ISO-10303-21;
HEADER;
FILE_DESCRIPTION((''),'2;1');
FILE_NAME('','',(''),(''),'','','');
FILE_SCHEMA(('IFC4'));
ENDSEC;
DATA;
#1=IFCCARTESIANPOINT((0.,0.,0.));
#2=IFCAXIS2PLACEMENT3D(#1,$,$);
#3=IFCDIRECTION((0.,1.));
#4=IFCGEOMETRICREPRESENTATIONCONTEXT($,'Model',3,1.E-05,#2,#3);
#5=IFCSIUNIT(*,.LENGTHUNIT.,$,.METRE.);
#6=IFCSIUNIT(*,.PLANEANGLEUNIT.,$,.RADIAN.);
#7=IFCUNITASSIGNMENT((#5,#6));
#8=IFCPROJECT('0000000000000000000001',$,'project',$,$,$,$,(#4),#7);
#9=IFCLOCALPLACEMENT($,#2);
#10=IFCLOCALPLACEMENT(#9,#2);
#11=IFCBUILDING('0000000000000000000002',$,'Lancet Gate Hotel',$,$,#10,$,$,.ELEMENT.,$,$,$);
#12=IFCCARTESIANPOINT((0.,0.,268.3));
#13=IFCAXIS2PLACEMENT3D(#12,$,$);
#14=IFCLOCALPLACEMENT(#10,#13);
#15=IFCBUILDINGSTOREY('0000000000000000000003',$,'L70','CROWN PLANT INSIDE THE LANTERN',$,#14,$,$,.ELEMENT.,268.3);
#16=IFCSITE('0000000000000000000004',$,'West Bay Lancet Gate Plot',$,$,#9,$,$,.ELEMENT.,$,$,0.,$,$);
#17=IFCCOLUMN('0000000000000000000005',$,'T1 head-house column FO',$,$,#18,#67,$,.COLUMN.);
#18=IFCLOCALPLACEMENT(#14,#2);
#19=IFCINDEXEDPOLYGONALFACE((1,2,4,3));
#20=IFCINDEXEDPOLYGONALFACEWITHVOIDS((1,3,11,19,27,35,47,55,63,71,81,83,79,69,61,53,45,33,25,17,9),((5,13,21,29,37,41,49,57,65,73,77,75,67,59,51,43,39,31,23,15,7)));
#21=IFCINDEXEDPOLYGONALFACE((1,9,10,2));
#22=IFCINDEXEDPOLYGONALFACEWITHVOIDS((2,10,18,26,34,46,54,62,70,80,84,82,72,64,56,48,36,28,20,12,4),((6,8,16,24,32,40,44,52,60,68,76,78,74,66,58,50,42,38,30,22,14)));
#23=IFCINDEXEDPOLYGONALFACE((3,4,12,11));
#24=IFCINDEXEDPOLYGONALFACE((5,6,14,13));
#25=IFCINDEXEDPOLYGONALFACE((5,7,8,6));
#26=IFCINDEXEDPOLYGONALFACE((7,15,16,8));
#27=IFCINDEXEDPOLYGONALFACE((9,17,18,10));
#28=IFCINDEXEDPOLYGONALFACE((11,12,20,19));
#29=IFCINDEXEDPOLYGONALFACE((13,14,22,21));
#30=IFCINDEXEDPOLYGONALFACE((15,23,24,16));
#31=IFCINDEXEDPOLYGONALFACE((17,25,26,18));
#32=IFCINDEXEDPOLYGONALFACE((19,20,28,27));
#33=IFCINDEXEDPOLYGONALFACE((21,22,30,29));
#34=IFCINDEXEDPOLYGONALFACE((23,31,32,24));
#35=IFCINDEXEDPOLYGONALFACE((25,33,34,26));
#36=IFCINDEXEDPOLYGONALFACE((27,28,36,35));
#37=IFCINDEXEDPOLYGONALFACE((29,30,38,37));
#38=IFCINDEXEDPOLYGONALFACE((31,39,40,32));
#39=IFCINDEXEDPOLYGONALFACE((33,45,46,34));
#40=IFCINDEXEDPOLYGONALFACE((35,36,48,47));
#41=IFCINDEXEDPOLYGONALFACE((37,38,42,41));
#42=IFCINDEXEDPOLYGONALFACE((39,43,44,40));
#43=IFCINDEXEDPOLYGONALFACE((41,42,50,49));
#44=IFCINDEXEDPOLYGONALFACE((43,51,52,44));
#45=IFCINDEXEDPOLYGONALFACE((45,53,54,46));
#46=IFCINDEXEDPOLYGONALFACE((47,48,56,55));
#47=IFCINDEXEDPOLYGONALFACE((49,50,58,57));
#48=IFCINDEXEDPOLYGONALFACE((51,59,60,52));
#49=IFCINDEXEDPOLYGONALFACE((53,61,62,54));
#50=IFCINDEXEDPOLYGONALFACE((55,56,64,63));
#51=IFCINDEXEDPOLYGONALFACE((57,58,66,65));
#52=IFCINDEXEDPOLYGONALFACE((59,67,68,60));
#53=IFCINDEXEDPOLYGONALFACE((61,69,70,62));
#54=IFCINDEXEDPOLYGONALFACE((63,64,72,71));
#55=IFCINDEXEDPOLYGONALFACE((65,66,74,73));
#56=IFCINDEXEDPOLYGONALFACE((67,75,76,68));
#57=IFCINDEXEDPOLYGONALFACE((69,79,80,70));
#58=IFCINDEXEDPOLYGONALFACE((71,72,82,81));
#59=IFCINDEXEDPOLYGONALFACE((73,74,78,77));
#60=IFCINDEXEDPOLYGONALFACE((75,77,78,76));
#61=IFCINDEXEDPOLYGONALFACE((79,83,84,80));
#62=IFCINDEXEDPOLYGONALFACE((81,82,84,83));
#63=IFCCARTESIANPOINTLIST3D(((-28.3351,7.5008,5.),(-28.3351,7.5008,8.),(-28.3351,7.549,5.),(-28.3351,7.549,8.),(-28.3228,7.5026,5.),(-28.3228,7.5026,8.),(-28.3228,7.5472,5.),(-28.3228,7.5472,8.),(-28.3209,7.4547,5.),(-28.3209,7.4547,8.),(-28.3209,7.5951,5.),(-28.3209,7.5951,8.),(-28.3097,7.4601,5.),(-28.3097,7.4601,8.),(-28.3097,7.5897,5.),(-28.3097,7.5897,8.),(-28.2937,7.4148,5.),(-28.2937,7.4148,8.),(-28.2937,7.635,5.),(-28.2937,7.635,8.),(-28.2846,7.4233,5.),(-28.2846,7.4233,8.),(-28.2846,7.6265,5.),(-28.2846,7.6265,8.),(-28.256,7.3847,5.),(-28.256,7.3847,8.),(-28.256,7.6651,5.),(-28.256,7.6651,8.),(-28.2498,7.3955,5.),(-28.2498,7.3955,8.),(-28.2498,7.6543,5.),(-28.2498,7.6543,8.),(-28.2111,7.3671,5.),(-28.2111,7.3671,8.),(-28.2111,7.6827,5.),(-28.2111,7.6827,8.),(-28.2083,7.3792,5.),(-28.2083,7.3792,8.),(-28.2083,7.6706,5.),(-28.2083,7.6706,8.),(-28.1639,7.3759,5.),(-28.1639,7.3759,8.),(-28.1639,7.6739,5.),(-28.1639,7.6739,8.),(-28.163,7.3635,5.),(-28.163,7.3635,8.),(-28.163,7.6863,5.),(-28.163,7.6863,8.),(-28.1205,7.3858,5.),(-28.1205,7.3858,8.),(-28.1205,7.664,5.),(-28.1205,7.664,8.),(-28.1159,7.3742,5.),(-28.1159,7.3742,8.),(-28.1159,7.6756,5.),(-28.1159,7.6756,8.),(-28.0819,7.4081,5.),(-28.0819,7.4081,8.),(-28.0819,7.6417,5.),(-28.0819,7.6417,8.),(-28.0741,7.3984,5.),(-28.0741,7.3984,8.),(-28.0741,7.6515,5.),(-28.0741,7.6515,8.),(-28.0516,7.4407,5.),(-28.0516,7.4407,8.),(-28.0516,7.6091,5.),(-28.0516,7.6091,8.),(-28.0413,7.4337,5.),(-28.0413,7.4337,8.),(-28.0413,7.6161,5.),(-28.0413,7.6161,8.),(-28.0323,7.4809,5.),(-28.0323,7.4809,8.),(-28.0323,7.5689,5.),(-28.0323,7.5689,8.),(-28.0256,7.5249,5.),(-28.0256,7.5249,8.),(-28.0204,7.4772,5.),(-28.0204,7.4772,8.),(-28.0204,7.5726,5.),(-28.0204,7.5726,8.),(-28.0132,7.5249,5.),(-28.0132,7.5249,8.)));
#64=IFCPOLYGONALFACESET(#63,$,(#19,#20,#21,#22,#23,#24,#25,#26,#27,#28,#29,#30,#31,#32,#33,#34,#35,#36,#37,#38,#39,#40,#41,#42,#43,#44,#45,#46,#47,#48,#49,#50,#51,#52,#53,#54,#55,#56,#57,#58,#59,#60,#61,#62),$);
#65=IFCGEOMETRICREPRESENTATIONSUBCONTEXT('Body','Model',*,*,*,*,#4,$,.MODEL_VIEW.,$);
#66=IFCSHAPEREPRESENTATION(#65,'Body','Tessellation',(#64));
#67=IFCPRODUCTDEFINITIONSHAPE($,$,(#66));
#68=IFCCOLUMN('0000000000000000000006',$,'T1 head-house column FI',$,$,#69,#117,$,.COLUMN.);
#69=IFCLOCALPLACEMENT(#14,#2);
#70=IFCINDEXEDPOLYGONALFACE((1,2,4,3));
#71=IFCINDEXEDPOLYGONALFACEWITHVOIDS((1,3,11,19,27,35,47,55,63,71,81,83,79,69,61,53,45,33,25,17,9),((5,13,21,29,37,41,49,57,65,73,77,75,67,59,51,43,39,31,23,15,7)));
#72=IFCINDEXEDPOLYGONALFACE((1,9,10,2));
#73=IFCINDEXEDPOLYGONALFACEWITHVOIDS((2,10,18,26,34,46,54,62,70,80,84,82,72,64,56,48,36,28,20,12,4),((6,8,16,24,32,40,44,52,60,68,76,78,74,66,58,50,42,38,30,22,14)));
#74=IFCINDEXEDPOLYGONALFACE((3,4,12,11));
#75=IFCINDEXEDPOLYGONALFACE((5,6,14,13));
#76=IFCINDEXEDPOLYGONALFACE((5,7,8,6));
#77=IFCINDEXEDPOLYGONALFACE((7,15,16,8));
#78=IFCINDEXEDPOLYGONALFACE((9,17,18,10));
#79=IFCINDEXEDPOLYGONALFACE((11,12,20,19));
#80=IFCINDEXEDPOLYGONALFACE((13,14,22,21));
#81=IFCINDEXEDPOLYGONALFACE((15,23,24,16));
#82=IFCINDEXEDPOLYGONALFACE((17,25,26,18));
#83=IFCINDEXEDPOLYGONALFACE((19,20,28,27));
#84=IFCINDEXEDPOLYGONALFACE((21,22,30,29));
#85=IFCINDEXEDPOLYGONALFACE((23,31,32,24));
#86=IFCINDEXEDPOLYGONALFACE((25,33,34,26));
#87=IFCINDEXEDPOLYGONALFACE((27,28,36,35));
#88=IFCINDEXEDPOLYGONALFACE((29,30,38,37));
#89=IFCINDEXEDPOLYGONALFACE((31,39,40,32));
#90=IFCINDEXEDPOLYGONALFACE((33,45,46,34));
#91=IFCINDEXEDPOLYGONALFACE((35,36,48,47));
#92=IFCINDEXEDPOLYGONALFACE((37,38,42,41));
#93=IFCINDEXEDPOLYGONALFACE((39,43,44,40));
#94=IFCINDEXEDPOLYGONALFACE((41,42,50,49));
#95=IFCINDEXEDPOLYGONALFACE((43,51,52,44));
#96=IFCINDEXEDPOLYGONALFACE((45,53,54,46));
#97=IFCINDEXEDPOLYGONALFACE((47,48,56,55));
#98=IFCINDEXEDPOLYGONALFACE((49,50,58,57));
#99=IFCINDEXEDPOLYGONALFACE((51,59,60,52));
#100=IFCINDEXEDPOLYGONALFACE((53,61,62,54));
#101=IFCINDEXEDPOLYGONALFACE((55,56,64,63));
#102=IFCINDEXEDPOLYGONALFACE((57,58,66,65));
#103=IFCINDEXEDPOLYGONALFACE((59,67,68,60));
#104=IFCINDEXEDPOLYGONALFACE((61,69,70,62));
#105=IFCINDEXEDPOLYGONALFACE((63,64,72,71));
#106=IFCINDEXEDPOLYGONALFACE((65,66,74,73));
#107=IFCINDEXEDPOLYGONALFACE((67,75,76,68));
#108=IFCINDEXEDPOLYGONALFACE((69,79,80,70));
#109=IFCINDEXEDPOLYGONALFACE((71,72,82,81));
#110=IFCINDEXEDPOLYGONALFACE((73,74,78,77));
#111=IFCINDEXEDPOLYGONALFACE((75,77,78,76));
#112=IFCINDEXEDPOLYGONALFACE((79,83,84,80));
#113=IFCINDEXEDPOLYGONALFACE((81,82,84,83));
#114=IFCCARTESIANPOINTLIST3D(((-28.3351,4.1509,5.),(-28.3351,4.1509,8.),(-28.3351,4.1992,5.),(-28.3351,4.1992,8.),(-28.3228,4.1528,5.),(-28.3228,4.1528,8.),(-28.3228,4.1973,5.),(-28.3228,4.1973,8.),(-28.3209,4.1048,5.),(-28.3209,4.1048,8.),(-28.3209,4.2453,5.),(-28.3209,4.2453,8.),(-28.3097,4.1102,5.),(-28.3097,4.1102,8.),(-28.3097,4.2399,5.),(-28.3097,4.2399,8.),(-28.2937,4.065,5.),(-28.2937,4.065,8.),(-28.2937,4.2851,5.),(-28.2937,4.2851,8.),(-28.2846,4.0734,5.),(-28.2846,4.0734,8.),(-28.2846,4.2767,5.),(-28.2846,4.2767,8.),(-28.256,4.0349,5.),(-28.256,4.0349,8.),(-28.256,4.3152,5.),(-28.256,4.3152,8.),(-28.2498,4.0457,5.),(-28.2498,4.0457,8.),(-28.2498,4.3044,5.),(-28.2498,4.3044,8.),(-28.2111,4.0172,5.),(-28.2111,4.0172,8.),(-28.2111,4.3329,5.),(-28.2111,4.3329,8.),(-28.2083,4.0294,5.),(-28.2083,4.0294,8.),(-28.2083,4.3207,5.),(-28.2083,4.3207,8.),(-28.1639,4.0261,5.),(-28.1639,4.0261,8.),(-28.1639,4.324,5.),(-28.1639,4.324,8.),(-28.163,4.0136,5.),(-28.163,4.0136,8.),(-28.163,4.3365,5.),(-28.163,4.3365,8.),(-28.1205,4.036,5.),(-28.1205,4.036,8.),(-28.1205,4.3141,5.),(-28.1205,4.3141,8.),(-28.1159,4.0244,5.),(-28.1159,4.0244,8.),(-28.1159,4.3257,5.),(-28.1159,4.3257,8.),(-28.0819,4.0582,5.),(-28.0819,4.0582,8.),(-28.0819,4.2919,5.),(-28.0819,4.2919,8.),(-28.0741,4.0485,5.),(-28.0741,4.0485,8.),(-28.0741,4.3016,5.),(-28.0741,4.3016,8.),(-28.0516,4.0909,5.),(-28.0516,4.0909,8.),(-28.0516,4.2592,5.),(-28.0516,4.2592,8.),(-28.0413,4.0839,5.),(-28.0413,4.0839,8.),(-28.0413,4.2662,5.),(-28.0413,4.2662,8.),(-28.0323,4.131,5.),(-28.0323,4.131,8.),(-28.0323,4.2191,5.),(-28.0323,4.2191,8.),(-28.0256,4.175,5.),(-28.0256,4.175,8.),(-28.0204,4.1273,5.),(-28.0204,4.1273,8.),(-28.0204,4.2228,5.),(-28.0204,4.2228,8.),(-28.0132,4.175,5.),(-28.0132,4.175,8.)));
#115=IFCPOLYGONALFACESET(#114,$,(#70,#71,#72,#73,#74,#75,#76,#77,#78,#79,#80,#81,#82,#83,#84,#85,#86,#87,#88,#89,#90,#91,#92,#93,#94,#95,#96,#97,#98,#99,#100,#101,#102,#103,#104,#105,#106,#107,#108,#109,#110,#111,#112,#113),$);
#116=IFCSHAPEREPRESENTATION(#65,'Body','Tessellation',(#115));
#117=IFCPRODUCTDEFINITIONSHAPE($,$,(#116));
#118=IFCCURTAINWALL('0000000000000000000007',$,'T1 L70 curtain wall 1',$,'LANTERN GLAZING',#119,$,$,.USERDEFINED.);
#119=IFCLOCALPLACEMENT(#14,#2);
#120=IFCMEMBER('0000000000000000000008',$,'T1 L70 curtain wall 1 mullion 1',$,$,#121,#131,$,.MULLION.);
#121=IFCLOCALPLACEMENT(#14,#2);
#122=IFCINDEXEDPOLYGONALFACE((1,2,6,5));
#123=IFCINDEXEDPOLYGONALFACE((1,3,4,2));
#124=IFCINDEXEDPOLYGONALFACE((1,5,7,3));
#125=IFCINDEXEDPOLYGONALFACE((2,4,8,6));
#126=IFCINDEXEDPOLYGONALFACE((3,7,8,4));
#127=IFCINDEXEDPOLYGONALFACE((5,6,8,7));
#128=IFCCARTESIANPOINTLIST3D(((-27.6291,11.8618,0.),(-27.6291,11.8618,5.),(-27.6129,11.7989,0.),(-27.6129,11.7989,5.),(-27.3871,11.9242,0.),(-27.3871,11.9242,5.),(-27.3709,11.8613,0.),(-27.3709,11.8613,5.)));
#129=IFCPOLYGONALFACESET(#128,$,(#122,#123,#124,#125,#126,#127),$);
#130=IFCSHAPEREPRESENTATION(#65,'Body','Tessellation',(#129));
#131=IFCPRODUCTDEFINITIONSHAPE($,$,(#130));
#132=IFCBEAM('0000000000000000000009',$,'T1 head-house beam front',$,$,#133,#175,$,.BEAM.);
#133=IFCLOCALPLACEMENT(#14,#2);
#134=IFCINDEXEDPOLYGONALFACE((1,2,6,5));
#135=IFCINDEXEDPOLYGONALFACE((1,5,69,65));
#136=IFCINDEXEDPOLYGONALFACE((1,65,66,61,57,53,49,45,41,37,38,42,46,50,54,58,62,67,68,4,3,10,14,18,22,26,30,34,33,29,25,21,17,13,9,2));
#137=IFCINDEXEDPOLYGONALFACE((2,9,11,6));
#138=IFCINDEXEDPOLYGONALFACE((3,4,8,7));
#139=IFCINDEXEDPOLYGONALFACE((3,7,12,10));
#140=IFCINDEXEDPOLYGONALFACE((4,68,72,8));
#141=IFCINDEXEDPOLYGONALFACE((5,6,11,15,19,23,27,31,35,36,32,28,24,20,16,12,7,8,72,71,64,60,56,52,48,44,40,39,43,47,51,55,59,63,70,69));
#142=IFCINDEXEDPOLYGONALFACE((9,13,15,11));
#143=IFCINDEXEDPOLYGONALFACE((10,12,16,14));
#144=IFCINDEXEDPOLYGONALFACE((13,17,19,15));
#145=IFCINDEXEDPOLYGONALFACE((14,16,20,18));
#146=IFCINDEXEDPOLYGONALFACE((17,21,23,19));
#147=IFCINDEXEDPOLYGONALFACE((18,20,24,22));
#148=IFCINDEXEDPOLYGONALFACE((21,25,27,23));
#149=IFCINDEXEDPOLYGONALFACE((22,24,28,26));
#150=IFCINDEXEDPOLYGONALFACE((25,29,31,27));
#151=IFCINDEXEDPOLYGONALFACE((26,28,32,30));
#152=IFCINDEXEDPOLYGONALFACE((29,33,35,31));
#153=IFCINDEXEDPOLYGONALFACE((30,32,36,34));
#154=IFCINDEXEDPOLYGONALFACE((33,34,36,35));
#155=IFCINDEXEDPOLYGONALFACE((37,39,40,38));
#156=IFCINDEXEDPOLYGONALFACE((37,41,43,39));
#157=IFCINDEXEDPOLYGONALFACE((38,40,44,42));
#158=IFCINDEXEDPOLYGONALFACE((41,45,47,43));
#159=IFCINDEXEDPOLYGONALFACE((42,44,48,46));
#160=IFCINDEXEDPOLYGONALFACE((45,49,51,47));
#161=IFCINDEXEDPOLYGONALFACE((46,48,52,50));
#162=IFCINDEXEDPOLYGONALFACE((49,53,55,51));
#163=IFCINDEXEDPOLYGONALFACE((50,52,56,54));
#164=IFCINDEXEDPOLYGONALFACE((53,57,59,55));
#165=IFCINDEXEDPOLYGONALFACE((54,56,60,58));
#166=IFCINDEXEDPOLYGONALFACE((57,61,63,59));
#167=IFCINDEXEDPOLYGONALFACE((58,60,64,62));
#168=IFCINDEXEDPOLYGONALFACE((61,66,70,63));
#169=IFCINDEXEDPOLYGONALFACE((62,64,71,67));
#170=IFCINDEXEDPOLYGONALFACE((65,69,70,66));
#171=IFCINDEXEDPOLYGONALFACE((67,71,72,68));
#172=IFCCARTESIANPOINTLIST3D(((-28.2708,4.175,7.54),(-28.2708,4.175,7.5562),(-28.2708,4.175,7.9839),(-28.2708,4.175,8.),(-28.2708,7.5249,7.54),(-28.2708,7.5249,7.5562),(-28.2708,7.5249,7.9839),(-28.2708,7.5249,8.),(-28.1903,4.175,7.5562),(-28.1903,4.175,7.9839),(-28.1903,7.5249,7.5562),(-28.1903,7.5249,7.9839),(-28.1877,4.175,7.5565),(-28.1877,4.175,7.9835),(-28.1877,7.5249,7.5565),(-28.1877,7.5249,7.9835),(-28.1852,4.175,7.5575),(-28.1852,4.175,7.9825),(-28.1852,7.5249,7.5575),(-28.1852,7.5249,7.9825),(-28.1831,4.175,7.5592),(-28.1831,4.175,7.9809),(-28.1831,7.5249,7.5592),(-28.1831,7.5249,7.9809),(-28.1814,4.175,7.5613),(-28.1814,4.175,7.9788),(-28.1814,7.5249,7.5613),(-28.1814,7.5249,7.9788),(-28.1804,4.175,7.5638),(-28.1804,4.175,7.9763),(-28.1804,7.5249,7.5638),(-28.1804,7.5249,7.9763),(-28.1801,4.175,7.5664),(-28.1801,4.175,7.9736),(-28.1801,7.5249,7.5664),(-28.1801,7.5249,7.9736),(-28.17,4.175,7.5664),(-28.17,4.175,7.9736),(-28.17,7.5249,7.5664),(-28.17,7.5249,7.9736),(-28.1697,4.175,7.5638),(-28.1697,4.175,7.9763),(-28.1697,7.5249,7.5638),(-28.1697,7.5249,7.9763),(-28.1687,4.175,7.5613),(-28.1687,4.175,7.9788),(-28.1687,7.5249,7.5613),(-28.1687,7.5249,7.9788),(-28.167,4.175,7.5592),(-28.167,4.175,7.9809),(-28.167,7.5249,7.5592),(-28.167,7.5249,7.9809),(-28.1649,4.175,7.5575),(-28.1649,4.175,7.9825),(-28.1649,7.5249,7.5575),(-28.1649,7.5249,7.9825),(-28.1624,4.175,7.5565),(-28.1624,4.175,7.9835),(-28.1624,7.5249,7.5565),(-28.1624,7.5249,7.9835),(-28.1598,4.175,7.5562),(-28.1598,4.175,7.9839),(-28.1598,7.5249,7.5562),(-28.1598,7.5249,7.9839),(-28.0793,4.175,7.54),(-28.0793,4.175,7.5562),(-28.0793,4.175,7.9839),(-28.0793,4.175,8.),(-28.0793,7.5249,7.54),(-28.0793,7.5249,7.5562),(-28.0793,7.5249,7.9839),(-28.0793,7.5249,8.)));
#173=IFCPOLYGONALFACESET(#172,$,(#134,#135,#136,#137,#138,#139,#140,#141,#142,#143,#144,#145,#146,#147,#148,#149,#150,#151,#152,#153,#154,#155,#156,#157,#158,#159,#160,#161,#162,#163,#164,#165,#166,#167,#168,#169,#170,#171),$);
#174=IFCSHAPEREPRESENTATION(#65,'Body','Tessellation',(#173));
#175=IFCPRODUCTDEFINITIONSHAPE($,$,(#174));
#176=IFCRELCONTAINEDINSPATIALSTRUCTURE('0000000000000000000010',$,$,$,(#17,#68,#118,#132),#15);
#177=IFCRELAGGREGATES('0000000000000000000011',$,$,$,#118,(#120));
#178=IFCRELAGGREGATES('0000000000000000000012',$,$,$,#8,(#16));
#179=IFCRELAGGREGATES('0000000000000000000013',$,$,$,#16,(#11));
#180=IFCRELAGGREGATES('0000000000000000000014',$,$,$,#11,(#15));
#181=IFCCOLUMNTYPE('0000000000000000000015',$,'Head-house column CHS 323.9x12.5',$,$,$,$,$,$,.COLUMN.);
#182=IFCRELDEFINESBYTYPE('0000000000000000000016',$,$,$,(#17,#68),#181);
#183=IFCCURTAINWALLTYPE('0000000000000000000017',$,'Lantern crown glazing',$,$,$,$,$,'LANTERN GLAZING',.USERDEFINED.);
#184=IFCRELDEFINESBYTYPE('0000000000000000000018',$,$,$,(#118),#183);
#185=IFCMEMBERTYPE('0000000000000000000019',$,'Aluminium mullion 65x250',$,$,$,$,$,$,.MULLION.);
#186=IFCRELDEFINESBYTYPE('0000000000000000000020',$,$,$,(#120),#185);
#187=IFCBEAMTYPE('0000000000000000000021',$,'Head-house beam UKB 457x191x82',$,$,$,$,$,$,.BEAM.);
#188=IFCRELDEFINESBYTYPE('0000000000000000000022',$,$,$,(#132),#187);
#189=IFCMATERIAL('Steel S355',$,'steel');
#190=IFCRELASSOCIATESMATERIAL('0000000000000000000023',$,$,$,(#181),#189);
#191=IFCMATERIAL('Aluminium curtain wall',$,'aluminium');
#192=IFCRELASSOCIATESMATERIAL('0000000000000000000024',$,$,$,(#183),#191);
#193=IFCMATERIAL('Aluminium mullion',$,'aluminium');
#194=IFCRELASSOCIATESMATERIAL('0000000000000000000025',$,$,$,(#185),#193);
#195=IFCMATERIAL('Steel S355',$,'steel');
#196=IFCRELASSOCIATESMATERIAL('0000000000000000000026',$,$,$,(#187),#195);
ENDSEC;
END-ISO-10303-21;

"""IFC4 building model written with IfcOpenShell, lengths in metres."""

from ifc_helpers import new_model, si_unit, direction, frame, origin, origin_2d, place, context, subcontext, project, spatial, rectangle, hollow_circle, i_section, extrude, material, material_profile, profile_set, type_object, element, aggregate, save


model = new_model("IFC4")

# Units and contexts
model_context = context("Model", 3, precision=1e-05, world=origin(), true_north=direction((0.0, 1.0)))
body_context = subcontext(model_context, "Body", "Model", "MODEL_VIEW")
ifc_project = project(units=[si_unit("LENGTHUNIT", "METRE"), si_unit("PLANEANGLEUNIT", "RADIAN")], contexts=[model_context])

# Site, building, storey
site_placement = place(None, origin())
site = spatial("IfcSite", under=ifc_project, at=site_placement, Name="West Bay Lancet Gate Plot", CompositionType="ELEMENT", RefElevation=0.0)
building_placement = place(site_placement, origin())
building = spatial("IfcBuilding", under=site, at=building_placement, Name="Lancet Gate Hotel", CompositionType="ELEMENT")
storey_placement = place(building_placement, frame((0.0, 0.0, 268.3)))
storey = spatial("IfcBuildingStorey", under=building, at=storey_placement, Name="L70", Description="CROWN PLANT INSIDE THE LANTERN", CompositionType="ELEMENT", Elevation=268.3)

# Columns
ifc_material_1 = material(Name="Steel S355", Category="steel")
ifc_material_profile_1 = material_profile(ifc_material_1, hollow_circle(Radius=0.1619, WallThickness=0.0125, at=origin_2d()), Name="CHS 323.9x12.5")
ifc_profile_set_1 = profile_set([ifc_material_profile_1], Name="Steel S355")
column_type = type_object("IfcColumnType", Name="Head-house column CHS 323.9x12.5", PredefinedType="COLUMN", material=ifc_profile_set_1)
for number, where, z_axis, x_axis, name in (
    (1, (-28.175, 7.5249, 5.0), (0.0, 0.0, 1.0), (1.0, 0.0, 0.0), "T1 head-house column FO"),
    (2, (-28.175, 4.175, 5.0), (0.0, 0.0, 1.0), (1.0, 0.0, 0.0), "T1 head-house column FI"),
):
    element("IfcColumn", number, at=place(storey_placement, frame(where, z_axis=z_axis, x_axis=x_axis)), inside=storey, type_object=column_type, Name=name, PredefinedType="COLUMN", context=body_context, shape_type="SweptSolid", body=[
        extrude(hollow_circle(Radius=0.1619, WallThickness=0.0125, at=origin_2d()), origin(), (0.0, 0.0, 1.0), 3.0),
    ])

# Curtain wall, member
ifc_material_2 = material(Name="Aluminium curtain wall", Category="aluminium")
curtain_wall_type_1 = type_object("IfcCurtainWallType", Name="Lantern crown glazing", ElementType="LANTERN GLAZING", PredefinedType="USERDEFINED", material=ifc_material_2)
curtain_wall_1_placement = place(storey_placement, origin())
curtain_wall_1 = element("IfcCurtainWall", 3, at=curtain_wall_1_placement, inside=storey, type_object=curtain_wall_type_1, Name="T1 L70 curtain wall 1", ObjectType="LANTERN GLAZING", PredefinedType="USERDEFINED")
ifc_material_3 = material(Name="Aluminium mullion", Category="aluminium")
ifc_material_profile_2 = material_profile(ifc_material_3, rectangle(XDim=0.0649, YDim=0.25, at=origin_2d()), Name="MULLION 65x250")
ifc_profile_set_2 = profile_set([ifc_material_profile_2], Name="Aluminium mullion")
member_type_1 = type_object("IfcMemberType", Name="Aluminium mullion 65x250", PredefinedType="MULLION", material=ifc_profile_set_2)
member_1_placement = place(storey_placement, frame((-27.5, 11.8616, 0.0), z_axis=(0.0, 0.0, 1.0), x_axis=(-0.249726, 0.968317, 0.0)))
member_1 = element("IfcMember", 4, at=member_1_placement, type_object=member_type_1, Name="T1 L70 curtain wall 1 mullion 1", PredefinedType="MULLION", context=body_context, shape_type="SweptSolid", body=[
    extrude(rectangle(XDim=0.0649, YDim=0.25, at=origin_2d()), origin(), (0.0, 0.0, 1.0), 5.0),
])
aggregate(curtain_wall_1, [member_1])

# Beam
ifc_material_4 = material(Name="Steel S355", Category="steel")
ifc_material_profile_3 = material_profile(ifc_material_4, i_section(OverallWidth=0.1914, OverallDepth=0.46, WebThickness=0.01, FlangeThickness=0.0161, FilletRadius=0.0103, at=origin_2d()), Name="UKB 457x191x82")
ifc_profile_set_3 = profile_set([ifc_material_profile_3], Name="Steel S355")
beam_type_1 = type_object("IfcBeamType", Name="Head-house beam UKB 457x191x82", PredefinedType="BEAM", material=ifc_profile_set_3)
beam_1_placement = place(storey_placement, frame((-28.175, 7.5249, 7.77), z_axis=(0.0, -1.0, 0.0), x_axis=(1.0, 0.0, 0.0)))
element("IfcBeam", 5, at=beam_1_placement, inside=storey, type_object=beam_type_1, Name="T1 head-house beam front", PredefinedType="BEAM", context=body_context, shape_type="SweptSolid", body=[
    extrude(i_section(OverallWidth=0.1914, OverallDepth=0.46, WebThickness=0.01, FlangeThickness=0.0161, FilletRadius=0.0103, at=origin_2d()), origin(), (0.0, 0.0, 1.0), 3.3499),
])

save(model, "model.ifc")
